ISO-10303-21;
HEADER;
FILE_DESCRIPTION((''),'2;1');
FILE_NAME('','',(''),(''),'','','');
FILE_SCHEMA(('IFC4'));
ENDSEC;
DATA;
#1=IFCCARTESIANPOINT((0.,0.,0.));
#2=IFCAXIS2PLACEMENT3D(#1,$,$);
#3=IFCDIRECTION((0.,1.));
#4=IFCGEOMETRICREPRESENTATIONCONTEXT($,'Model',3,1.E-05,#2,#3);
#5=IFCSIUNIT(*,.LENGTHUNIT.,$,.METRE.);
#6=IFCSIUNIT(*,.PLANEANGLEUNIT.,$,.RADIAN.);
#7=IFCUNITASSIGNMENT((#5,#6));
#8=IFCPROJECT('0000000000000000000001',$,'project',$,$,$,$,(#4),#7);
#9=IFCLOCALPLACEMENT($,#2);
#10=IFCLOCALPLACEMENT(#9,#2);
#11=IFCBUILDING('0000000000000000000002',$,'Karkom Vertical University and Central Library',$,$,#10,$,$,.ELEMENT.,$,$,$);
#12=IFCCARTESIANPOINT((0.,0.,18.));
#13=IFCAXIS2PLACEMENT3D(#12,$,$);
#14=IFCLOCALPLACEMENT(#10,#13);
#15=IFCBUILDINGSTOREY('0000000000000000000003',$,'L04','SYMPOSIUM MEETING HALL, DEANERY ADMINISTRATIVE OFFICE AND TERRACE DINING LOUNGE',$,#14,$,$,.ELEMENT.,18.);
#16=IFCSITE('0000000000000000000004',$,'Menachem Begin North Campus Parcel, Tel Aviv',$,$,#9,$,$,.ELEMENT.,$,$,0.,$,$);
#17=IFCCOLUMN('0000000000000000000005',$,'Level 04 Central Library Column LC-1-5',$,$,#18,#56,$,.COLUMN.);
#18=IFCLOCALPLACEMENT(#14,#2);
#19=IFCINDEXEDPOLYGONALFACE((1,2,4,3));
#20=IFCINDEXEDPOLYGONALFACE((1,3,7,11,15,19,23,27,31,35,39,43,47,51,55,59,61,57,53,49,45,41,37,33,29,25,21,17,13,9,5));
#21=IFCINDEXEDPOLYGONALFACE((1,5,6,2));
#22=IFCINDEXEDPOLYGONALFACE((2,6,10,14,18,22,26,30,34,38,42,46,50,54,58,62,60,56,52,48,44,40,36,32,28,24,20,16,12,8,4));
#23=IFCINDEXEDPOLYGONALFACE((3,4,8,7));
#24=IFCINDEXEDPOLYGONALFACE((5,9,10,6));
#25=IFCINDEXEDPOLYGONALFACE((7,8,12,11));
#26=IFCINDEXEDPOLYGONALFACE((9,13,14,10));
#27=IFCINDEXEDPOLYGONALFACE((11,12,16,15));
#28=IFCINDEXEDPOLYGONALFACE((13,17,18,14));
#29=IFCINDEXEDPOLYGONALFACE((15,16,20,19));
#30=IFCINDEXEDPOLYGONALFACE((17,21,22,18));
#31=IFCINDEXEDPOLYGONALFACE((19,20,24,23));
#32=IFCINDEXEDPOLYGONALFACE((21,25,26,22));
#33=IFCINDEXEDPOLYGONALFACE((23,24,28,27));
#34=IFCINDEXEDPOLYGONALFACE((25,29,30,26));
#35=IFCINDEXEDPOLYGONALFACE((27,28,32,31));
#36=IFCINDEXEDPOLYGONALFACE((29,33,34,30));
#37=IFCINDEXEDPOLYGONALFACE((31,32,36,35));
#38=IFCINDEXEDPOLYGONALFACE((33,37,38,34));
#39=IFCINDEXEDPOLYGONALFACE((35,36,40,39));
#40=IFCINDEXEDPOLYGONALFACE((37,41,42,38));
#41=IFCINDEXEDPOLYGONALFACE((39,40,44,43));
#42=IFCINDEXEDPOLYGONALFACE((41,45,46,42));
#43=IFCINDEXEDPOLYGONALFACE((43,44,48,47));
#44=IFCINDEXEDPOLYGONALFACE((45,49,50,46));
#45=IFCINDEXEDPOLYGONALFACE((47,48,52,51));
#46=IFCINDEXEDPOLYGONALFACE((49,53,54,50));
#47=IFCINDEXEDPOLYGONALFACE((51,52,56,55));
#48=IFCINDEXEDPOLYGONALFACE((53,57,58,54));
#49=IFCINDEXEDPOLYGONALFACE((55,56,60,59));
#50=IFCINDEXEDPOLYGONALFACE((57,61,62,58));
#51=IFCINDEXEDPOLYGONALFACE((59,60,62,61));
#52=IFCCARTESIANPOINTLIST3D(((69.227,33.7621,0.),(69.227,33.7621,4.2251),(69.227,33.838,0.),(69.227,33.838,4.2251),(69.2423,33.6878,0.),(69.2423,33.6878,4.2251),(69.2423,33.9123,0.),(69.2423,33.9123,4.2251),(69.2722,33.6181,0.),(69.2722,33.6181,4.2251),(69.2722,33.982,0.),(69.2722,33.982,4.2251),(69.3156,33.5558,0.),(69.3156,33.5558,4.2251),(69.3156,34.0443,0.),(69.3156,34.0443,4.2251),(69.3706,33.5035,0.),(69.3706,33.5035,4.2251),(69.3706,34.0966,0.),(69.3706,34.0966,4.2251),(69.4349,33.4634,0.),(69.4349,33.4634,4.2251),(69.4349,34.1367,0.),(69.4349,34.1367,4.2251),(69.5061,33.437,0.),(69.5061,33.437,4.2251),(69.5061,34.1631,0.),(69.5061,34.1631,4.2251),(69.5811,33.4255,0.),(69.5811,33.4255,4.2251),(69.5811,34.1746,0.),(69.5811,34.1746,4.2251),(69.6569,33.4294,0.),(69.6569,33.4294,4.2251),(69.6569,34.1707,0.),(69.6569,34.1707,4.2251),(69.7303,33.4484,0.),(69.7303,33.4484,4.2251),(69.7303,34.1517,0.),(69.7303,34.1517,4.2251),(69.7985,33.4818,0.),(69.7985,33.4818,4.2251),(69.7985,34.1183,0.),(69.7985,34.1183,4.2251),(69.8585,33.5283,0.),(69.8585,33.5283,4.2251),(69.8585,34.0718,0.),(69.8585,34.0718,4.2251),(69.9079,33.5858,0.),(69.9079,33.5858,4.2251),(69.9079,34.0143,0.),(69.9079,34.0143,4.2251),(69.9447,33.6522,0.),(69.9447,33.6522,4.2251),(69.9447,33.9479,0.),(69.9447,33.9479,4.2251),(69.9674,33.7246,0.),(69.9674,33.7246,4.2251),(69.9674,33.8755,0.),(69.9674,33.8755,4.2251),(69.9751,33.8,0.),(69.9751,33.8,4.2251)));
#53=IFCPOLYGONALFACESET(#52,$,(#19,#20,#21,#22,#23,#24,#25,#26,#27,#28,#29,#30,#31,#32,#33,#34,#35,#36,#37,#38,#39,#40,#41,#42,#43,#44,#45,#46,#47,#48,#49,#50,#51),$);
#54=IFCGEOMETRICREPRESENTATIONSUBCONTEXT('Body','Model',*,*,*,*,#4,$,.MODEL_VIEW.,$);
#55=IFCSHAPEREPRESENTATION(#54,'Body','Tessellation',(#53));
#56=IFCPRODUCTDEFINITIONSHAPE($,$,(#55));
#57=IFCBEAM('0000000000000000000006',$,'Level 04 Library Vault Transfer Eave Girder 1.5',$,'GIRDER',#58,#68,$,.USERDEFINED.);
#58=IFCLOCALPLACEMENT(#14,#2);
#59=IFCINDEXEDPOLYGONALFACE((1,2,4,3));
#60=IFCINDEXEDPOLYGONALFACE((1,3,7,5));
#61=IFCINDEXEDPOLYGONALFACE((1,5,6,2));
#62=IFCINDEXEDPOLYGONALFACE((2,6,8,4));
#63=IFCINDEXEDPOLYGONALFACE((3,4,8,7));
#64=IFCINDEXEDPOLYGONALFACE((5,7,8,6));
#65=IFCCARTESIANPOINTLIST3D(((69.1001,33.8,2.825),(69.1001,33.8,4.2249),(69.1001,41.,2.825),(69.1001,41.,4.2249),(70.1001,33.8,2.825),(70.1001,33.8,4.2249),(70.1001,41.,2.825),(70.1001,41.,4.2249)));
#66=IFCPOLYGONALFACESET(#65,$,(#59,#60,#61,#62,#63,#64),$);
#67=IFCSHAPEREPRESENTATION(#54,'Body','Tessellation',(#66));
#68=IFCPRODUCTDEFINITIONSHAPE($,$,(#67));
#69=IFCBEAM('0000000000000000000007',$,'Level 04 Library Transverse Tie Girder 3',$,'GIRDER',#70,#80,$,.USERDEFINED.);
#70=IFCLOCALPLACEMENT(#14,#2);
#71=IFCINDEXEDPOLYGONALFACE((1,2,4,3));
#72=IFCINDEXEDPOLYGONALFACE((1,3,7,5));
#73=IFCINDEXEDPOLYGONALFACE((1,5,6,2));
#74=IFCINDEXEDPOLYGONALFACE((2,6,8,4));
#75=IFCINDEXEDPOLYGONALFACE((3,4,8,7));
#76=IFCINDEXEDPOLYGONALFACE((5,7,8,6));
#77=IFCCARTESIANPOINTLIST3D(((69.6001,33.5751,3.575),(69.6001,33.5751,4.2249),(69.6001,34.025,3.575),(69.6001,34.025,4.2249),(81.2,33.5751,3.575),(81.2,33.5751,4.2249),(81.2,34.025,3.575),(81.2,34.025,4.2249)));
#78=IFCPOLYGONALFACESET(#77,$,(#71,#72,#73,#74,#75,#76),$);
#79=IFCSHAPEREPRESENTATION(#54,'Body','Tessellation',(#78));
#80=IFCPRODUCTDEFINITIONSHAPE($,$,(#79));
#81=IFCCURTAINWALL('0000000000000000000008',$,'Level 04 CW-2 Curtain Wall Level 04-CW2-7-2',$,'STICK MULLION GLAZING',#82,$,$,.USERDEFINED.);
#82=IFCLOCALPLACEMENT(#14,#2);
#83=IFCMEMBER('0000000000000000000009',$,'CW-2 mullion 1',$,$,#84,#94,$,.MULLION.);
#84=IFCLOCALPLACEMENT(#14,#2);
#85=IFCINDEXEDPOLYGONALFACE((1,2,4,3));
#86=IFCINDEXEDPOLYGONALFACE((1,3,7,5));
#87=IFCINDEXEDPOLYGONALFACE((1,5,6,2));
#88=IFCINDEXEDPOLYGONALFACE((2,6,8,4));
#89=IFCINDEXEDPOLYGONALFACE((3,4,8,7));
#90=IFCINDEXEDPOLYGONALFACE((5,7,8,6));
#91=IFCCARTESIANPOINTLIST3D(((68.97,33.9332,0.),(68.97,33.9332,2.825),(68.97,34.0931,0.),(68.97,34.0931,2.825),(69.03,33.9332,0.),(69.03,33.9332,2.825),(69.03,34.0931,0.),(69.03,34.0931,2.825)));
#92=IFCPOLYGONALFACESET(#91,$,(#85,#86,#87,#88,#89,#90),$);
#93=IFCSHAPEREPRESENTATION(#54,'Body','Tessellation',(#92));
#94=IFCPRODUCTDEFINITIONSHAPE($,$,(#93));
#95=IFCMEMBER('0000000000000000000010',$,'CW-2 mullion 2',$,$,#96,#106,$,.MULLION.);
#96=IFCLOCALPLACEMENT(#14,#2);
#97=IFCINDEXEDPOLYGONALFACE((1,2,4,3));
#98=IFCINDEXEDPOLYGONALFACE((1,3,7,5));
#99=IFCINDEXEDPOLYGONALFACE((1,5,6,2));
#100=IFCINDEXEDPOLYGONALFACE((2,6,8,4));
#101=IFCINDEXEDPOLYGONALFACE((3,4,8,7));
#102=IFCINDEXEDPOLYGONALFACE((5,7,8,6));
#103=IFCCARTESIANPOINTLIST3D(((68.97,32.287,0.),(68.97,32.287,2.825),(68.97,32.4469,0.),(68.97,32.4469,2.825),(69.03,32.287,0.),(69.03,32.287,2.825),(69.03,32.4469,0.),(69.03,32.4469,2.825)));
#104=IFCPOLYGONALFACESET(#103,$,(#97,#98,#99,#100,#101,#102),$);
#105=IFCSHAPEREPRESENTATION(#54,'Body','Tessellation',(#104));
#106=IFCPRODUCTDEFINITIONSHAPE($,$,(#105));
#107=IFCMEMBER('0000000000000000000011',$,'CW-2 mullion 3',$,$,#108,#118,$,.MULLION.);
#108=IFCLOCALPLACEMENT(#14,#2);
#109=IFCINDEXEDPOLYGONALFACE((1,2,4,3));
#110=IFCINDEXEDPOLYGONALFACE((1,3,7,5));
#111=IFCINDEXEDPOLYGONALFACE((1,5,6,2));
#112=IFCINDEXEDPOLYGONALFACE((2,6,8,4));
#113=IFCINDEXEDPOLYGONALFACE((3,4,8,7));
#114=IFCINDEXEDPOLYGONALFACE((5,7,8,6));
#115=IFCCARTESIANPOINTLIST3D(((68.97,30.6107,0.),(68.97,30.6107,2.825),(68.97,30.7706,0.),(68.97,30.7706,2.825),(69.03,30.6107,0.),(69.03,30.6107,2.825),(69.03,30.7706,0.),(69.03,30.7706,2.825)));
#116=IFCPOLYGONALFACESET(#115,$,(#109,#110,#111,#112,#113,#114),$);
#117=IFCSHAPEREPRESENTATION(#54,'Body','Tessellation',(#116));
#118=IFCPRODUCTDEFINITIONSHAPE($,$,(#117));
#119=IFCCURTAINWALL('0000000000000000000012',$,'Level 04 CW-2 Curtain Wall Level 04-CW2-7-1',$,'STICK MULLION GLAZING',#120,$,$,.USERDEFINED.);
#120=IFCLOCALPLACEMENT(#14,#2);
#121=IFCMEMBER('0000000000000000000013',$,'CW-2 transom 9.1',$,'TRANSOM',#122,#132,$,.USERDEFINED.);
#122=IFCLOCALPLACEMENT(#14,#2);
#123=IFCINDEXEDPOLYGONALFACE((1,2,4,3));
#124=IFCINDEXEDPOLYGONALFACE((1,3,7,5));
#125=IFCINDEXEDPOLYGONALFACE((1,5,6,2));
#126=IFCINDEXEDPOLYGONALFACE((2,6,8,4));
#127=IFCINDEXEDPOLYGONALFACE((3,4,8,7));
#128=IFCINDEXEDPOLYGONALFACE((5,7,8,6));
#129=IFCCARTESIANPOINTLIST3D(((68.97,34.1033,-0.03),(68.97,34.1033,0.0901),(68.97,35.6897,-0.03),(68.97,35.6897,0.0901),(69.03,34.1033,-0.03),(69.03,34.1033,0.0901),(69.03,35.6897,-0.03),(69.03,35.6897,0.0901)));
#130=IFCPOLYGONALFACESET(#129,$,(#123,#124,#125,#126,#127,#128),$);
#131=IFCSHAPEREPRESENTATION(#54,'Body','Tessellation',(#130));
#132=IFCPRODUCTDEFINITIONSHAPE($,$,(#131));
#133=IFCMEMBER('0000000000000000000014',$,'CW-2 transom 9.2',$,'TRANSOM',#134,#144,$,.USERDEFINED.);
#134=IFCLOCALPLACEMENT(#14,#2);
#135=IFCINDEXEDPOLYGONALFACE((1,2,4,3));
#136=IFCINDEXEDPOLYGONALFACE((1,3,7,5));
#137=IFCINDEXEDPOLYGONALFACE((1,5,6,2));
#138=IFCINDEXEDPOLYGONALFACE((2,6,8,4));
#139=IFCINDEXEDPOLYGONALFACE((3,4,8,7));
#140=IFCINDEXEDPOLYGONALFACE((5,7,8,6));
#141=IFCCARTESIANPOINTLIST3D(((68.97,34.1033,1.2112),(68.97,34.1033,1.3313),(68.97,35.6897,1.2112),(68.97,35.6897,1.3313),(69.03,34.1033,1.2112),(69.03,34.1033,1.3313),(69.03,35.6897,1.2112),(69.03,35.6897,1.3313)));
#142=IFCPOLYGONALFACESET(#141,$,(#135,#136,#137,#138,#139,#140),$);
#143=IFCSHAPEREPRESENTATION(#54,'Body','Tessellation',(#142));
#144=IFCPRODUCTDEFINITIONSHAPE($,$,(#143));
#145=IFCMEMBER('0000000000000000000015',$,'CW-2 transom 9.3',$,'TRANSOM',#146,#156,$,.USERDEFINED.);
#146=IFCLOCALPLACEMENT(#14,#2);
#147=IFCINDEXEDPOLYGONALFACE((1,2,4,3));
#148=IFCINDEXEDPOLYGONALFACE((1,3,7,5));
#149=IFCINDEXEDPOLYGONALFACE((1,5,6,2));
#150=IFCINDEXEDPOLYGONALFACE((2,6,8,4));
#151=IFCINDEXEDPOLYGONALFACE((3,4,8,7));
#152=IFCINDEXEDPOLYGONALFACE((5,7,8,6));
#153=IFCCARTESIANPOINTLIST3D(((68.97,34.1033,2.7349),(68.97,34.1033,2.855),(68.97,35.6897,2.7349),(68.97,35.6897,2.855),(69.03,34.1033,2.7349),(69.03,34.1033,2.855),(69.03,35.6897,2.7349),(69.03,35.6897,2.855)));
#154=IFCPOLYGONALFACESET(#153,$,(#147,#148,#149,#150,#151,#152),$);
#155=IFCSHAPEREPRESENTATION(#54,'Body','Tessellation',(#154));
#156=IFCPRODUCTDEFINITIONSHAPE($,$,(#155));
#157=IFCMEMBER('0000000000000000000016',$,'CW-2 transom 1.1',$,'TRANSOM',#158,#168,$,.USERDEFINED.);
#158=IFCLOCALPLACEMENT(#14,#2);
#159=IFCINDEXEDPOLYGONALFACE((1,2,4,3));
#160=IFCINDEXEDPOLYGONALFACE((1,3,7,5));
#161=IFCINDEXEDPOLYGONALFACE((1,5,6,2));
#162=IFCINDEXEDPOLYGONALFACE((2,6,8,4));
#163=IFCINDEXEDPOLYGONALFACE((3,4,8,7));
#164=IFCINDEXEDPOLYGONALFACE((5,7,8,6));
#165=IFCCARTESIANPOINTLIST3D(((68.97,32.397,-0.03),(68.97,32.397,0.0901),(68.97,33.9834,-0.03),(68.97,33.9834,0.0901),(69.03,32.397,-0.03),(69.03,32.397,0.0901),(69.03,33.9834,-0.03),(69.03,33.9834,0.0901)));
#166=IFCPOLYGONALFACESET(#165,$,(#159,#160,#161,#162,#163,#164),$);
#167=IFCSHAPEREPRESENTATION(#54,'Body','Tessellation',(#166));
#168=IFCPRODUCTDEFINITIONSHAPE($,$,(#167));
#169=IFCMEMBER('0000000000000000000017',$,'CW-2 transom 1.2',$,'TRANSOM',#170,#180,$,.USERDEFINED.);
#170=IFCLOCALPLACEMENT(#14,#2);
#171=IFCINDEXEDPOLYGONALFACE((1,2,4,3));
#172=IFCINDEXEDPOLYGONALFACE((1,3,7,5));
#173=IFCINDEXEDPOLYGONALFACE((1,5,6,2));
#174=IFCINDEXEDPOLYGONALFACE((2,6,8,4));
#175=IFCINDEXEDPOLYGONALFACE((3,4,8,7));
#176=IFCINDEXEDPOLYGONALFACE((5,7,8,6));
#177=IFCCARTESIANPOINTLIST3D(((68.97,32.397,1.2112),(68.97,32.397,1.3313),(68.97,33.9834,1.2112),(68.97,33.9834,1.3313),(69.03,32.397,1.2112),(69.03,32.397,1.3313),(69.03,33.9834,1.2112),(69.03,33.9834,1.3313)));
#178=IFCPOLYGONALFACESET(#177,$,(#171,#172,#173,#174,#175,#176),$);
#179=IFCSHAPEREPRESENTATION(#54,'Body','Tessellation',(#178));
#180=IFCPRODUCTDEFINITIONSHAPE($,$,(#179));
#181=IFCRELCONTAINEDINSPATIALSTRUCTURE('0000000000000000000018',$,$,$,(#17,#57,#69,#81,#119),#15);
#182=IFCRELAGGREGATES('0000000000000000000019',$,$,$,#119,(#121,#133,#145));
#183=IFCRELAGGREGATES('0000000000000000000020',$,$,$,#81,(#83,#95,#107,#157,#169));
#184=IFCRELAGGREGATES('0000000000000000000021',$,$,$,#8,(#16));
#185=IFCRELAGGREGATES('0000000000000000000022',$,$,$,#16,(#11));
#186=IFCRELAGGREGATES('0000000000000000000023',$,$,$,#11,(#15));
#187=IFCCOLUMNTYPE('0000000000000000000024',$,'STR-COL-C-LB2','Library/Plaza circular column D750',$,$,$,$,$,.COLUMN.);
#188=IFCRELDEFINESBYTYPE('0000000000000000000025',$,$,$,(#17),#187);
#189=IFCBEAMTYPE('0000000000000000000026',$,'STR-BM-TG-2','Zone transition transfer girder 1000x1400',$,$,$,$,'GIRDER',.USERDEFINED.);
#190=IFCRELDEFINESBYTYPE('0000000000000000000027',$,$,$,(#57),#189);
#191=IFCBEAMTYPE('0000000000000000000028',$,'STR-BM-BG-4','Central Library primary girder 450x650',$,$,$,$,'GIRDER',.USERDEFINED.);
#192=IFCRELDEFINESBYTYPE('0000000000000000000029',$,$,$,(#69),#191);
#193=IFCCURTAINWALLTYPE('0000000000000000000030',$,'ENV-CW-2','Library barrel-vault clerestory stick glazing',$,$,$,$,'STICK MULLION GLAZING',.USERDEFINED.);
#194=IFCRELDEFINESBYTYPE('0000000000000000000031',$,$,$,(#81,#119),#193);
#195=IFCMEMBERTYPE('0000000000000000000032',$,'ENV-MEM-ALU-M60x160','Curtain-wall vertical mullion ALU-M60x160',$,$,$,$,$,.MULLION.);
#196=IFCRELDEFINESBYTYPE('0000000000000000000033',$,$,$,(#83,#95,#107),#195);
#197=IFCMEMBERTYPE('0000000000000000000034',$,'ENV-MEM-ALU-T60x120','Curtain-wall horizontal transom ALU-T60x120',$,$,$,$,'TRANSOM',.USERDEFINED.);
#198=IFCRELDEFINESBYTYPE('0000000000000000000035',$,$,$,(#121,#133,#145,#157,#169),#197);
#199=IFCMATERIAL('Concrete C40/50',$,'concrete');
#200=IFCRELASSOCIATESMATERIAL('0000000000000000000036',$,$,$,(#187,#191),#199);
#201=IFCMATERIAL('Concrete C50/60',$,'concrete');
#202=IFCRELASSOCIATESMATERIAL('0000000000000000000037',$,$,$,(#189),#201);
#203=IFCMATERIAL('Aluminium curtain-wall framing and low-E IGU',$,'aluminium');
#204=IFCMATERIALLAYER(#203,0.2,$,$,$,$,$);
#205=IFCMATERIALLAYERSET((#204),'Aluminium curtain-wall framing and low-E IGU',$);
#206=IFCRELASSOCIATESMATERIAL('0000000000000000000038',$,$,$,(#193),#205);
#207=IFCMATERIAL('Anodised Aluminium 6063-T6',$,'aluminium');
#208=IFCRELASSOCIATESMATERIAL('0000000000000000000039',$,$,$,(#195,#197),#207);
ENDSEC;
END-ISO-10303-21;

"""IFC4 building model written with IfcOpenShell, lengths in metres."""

from ifc_helpers import new_model, si_unit, direction, frame, origin, origin_with_axes, origin_2d, place, context, subcontext, project, spatial, rectangle, circle, extrude, source, transform, mapped, material, layer, layer_set, material_profile, profile_set, type_object, element, aggregate, save


model = new_model("IFC4")

# Units and contexts
model_context = context("Model", 3, precision=1e-05, world=origin(), true_north=direction((0.0, 1.0)))
body_context = subcontext(model_context, "Body", "Model", "MODEL_VIEW")
ifc_project = project(units=[si_unit("LENGTHUNIT", "METRE"), si_unit("PLANEANGLEUNIT", "RADIAN")], contexts=[model_context])

# Site, building, storey
site_placement = place(None, origin())
site = spatial("IfcSite", under=ifc_project, at=site_placement, Name="Menachem Begin North Campus Parcel, Tel Aviv", CompositionType="ELEMENT", RefElevation=0.0)
building_placement = place(site_placement, origin())
building = spatial("IfcBuilding", under=site, at=building_placement, Name="Karkom Vertical University and Central Library", CompositionType="ELEMENT")
storey_placement = place(building_placement, frame((0.0, 0.0, 18.0)))
storey = spatial("IfcBuildingStorey", under=building, at=storey_placement, Name="L04", Description="SYMPOSIUM MEETING HALL, DEANERY ADMINISTRATIVE OFFICE AND TERRACE DINING LOUNGE", CompositionType="ELEMENT", Elevation=18.0)

# Column
ifc_material_1 = material(Name="Concrete C40/50", Category="concrete")
ifc_material_profile_1 = material_profile(ifc_material_1, circle(Radius=0.375, at=origin_2d()), Name="RC-D750")
ifc_profile_set_1 = profile_set([ifc_material_profile_1], Name="Concrete C40/50")
column_type = type_object("IfcColumnType", Name="STR-COL-C-LB2", Description="Library/Plaza circular column D750", PredefinedType="COLUMN", material=ifc_profile_set_1)
shared_shape_1 = source(origin_with_axes(), body_context, "Body", "SweptSolid", [
    extrude(circle(Radius=0.375, at=origin_2d()), origin(), (0.0, 0.0, 1.0), 4.2251),
])
column_placement = place(storey_placement, frame((69.6001, 33.8, 0.0), z_axis=(0.0, 0.0, 1.0), x_axis=(1.0, 0.0, 0.0)))
element("IfcColumn", 1, at=column_placement, inside=storey, type_object=column_type, Name="Level 04 Central Library Column LC-1-5", PredefinedType="COLUMN", context=body_context, shape_type="MappedRepresentation", body=[
    mapped(shared_shape_1, transform((0.0, 0.0, 0.0), scale=1.0)),
])

# Beams
ifc_material_2 = material(Name="Concrete C50/60", Category="concrete")
ifc_material_profile_2 = material_profile(ifc_material_2, rectangle(XDim=1.0, YDim=1.3999, at=origin_2d()), Name="TG-1000x1400")
ifc_profile_set_2 = profile_set([ifc_material_profile_2], Name="Concrete C50/60")
beam_type_1 = type_object("IfcBeamType", Name="STR-BM-TG-2", Description="Zone transition transfer girder 1000x1400", ElementType="GIRDER", PredefinedType="USERDEFINED", material=ifc_profile_set_2)
shared_shape_2 = source(origin_with_axes(), body_context, "Body", "SweptSolid", [
    extrude(rectangle(XDim=1.0, YDim=1.3999, at=origin_2d()), origin(), (0.0, 0.0, 1.0), 7.2),
])
beam_1_placement = place(storey_placement, frame((69.6001, 33.8, 3.5249), z_axis=(0.0, 1.0, 0.0), x_axis=(-1.0, 0.0, 0.0)))
element("IfcBeam", 2, at=beam_1_placement, inside=storey, type_object=beam_type_1, Name="Level 04 Library Vault Transfer Eave Girder 1.5", ObjectType="GIRDER", PredefinedType="USERDEFINED", context=body_context, shape_type="MappedRepresentation", body=[
    mapped(shared_shape_2, transform((0.0, 0.0, 0.0), scale=1.0)),
])
ifc_material_profile_3 = material_profile(ifc_material_1, rectangle(XDim=0.45, YDim=0.6499, at=origin_2d()), Name="RCB-450x650")
ifc_profile_set_3 = profile_set([ifc_material_profile_3], Name="Concrete C40/50")
beam_type_2 = type_object("IfcBeamType", Name="STR-BM-BG-4", Description="Central Library primary girder 450x650", ElementType="GIRDER", PredefinedType="USERDEFINED", material=ifc_profile_set_3)
shared_shape_3 = source(origin_with_axes(), body_context, "Body", "SweptSolid", [
    extrude(rectangle(XDim=0.45, YDim=0.6499, at=origin_2d()), origin(), (0.0, 0.0, 1.0), 11.5999),
])
beam_2_placement = place(storey_placement, frame((69.6001, 33.8, 3.8999), z_axis=(1.0, 0.0, 0.0), x_axis=(0.0, 1.0, 0.0)))
element("IfcBeam", 3, at=beam_2_placement, inside=storey, type_object=beam_type_2, Name="Level 04 Library Transverse Tie Girder 3", ObjectType="GIRDER", PredefinedType="USERDEFINED", context=body_context, shape_type="MappedRepresentation", body=[
    mapped(shared_shape_3, transform((0.0, 0.0, 0.0), scale=1.0)),
])

# Curtain walls, members
ifc_material_3 = material(Name="Aluminium curtain-wall framing and low-E IGU", Category="aluminium")
ifc_layer_1 = layer(ifc_material_3, 0.2)
ifc_layer_set_1 = layer_set([ifc_layer_1], Name="Aluminium curtain-wall framing and low-E IGU")
curtain_wall_type = type_object("IfcCurtainWallType", Name="ENV-CW-2", Description="Library barrel-vault clerestory stick glazing", ElementType="STICK MULLION GLAZING", PredefinedType="USERDEFINED", material=ifc_layer_set_1)
curtain_wall_1_placement = place(storey_placement, origin())
curtain_wall_1 = element("IfcCurtainWall", 4, at=curtain_wall_1_placement, inside=storey, type_object=curtain_wall_type, Name="Level 04 CW-2 Curtain Wall Level 04-CW2-7-2", ObjectType="STICK MULLION GLAZING", PredefinedType="USERDEFINED")
ifc_material_4 = material(Name="Anodised Aluminium 6063-T6", Category="aluminium")
ifc_material_profile_4 = material_profile(ifc_material_4, rectangle(XDim=0.0601, YDim=0.1599, at=origin_2d()), Name="ALU-M60x160")
ifc_profile_set_4 = profile_set([ifc_material_profile_4], Name="Anodised Aluminium 6063-T6")
member_type_1 = type_object("IfcMemberType", Name="ENV-MEM-ALU-M60x160", Description="Curtain-wall vertical mullion ALU-M60x160", PredefinedType="MULLION", material=ifc_profile_set_4)
shared_shape_4 = source(origin_with_axes(), body_context, "Body", "SweptSolid", [
    extrude(rectangle(XDim=0.0601, YDim=0.1599, at=origin_2d()), origin(), (0.0, 0.0, 1.0), 2.825),
])
member_1_placement = place(storey_placement, frame((69.0, 34.0132, 0.0), z_axis=(0.0, 0.0, 1.0), x_axis=(1.0, 0.0, 0.0)))
member_1 = element("IfcMember", 5, at=member_1_placement, type_object=member_type_1, Name="CW-2 mullion 1", PredefinedType="MULLION", context=body_context, shape_type="MappedRepresentation", body=[
    mapped(shared_shape_4, transform((0.0, 0.0, 0.0), scale=1.0)),
])
member_2_placement = place(storey_placement, frame((69.0, 32.3669, 0.0), z_axis=(0.0, 0.0, 1.0), x_axis=(1.0, 0.0, 0.0)))
member_2 = element("IfcMember", 6, at=member_2_placement, type_object=member_type_1, Name="CW-2 mullion 2", PredefinedType="MULLION", context=body_context, shape_type="MappedRepresentation", body=[
    mapped(shared_shape_4, transform((0.0, 0.0, 0.0), scale=1.0)),
])
member_3_placement = place(storey_placement, frame((69.0, 30.6907, 0.0), z_axis=(0.0, 0.0, 1.0), x_axis=(1.0, 0.0, 0.0)))
member_3 = element("IfcMember", 7, at=member_3_placement, type_object=member_type_1, Name="CW-2 mullion 3", PredefinedType="MULLION", context=body_context, shape_type="MappedRepresentation", body=[
    mapped(shared_shape_4, transform((0.0, 0.0, 0.0), scale=1.0)),
])
curtain_wall_2_placement = place(storey_placement, origin())
curtain_wall_2 = element("IfcCurtainWall", 8, at=curtain_wall_2_placement, inside=storey, type_object=curtain_wall_type, Name="Level 04 CW-2 Curtain Wall Level 04-CW2-7-1", ObjectType="STICK MULLION GLAZING", PredefinedType="USERDEFINED")
ifc_material_profile_5 = material_profile(ifc_material_4, rectangle(XDim=0.0601, YDim=0.1201, at=origin_2d()), Name="ALU-T60x120")
ifc_profile_set_5 = profile_set([ifc_material_profile_5], Name="Anodised Aluminium 6063-T6")
member_type_2 = type_object("IfcMemberType", Name="ENV-MEM-ALU-T60x120", Description="Curtain-wall horizontal transom ALU-T60x120", ElementType="TRANSOM", PredefinedType="USERDEFINED", material=ifc_profile_set_5)
shared_shape_5 = source(origin_with_axes(), body_context, "Body", "SweptSolid", [
    extrude(rectangle(XDim=0.0601, YDim=0.1201, at=origin_2d()), origin(), (0.0, 0.0, 1.0), 1.5864),
])
member_4_placement = place(storey_placement, frame((69.0, 35.6897, 0.03), z_axis=(0.0, -1.0, 0.0), x_axis=(1.0, 0.0, 0.0)))
member_4 = element("IfcMember", 9, at=member_4_placement, type_object=member_type_2, Name="CW-2 transom 9.1", ObjectType="TRANSOM", PredefinedType="USERDEFINED", context=body_context, shape_type="MappedRepresentation", body=[
    mapped(shared_shape_5, transform((0.0, 0.0, 0.0), scale=1.0)),
])
member_5_placement = place(storey_placement, frame((69.0, 35.6897, 1.2712), z_axis=(0.0, -1.0, 0.0), x_axis=(1.0, 0.0, 0.0)))
member_5 = element("IfcMember", 10, at=member_5_placement, type_object=member_type_2, Name="CW-2 transom 9.2", ObjectType="TRANSOM", PredefinedType="USERDEFINED", context=body_context, shape_type="MappedRepresentation", body=[
    mapped(shared_shape_5, transform((0.0, 0.0, 0.0), scale=1.0)),
])
member_6_placement = place(storey_placement, frame((69.0, 35.6897, 2.7949), z_axis=(0.0, -1.0, 0.0), x_axis=(1.0, 0.0, 0.0)))
member_6 = element("IfcMember", 11, at=member_6_placement, type_object=member_type_2, Name="CW-2 transom 9.3", ObjectType="TRANSOM", PredefinedType="USERDEFINED", context=body_context, shape_type="MappedRepresentation", body=[
    mapped(shared_shape_5, transform((0.0, 0.0, 0.0), scale=1.0)),
])

# Members
member_7_placement = place(storey_placement, frame((69.0, 33.9834, 0.03), z_axis=(0.0, -1.0, 0.0), x_axis=(1.0, 0.0, 0.0)))
member_7 = element("IfcMember", 12, at=member_7_placement, type_object=member_type_2, Name="CW-2 transom 1.1", ObjectType="TRANSOM", PredefinedType="USERDEFINED", context=body_context, shape_type="MappedRepresentation", body=[
    mapped(shared_shape_5, transform((0.0, 0.0, 0.0), scale=1.0)),
])
member_8_placement = place(storey_placement, frame((69.0, 33.9834, 1.2712), z_axis=(0.0, -1.0, 0.0), x_axis=(1.0, 0.0, 0.0)))
member_8 = element("IfcMember", 13, at=member_8_placement, type_object=member_type_2, Name="CW-2 transom 1.2", ObjectType="TRANSOM", PredefinedType="USERDEFINED", context=body_context, shape_type="MappedRepresentation", body=[
    mapped(shared_shape_5, transform((0.0, 0.0, 0.0), scale=1.0)),
])

aggregate(curtain_wall_2, [member_4, member_5, member_6])
aggregate(curtain_wall_1, [member_1, member_2, member_3, member_7, member_8])

save(model, "model.ifc")
